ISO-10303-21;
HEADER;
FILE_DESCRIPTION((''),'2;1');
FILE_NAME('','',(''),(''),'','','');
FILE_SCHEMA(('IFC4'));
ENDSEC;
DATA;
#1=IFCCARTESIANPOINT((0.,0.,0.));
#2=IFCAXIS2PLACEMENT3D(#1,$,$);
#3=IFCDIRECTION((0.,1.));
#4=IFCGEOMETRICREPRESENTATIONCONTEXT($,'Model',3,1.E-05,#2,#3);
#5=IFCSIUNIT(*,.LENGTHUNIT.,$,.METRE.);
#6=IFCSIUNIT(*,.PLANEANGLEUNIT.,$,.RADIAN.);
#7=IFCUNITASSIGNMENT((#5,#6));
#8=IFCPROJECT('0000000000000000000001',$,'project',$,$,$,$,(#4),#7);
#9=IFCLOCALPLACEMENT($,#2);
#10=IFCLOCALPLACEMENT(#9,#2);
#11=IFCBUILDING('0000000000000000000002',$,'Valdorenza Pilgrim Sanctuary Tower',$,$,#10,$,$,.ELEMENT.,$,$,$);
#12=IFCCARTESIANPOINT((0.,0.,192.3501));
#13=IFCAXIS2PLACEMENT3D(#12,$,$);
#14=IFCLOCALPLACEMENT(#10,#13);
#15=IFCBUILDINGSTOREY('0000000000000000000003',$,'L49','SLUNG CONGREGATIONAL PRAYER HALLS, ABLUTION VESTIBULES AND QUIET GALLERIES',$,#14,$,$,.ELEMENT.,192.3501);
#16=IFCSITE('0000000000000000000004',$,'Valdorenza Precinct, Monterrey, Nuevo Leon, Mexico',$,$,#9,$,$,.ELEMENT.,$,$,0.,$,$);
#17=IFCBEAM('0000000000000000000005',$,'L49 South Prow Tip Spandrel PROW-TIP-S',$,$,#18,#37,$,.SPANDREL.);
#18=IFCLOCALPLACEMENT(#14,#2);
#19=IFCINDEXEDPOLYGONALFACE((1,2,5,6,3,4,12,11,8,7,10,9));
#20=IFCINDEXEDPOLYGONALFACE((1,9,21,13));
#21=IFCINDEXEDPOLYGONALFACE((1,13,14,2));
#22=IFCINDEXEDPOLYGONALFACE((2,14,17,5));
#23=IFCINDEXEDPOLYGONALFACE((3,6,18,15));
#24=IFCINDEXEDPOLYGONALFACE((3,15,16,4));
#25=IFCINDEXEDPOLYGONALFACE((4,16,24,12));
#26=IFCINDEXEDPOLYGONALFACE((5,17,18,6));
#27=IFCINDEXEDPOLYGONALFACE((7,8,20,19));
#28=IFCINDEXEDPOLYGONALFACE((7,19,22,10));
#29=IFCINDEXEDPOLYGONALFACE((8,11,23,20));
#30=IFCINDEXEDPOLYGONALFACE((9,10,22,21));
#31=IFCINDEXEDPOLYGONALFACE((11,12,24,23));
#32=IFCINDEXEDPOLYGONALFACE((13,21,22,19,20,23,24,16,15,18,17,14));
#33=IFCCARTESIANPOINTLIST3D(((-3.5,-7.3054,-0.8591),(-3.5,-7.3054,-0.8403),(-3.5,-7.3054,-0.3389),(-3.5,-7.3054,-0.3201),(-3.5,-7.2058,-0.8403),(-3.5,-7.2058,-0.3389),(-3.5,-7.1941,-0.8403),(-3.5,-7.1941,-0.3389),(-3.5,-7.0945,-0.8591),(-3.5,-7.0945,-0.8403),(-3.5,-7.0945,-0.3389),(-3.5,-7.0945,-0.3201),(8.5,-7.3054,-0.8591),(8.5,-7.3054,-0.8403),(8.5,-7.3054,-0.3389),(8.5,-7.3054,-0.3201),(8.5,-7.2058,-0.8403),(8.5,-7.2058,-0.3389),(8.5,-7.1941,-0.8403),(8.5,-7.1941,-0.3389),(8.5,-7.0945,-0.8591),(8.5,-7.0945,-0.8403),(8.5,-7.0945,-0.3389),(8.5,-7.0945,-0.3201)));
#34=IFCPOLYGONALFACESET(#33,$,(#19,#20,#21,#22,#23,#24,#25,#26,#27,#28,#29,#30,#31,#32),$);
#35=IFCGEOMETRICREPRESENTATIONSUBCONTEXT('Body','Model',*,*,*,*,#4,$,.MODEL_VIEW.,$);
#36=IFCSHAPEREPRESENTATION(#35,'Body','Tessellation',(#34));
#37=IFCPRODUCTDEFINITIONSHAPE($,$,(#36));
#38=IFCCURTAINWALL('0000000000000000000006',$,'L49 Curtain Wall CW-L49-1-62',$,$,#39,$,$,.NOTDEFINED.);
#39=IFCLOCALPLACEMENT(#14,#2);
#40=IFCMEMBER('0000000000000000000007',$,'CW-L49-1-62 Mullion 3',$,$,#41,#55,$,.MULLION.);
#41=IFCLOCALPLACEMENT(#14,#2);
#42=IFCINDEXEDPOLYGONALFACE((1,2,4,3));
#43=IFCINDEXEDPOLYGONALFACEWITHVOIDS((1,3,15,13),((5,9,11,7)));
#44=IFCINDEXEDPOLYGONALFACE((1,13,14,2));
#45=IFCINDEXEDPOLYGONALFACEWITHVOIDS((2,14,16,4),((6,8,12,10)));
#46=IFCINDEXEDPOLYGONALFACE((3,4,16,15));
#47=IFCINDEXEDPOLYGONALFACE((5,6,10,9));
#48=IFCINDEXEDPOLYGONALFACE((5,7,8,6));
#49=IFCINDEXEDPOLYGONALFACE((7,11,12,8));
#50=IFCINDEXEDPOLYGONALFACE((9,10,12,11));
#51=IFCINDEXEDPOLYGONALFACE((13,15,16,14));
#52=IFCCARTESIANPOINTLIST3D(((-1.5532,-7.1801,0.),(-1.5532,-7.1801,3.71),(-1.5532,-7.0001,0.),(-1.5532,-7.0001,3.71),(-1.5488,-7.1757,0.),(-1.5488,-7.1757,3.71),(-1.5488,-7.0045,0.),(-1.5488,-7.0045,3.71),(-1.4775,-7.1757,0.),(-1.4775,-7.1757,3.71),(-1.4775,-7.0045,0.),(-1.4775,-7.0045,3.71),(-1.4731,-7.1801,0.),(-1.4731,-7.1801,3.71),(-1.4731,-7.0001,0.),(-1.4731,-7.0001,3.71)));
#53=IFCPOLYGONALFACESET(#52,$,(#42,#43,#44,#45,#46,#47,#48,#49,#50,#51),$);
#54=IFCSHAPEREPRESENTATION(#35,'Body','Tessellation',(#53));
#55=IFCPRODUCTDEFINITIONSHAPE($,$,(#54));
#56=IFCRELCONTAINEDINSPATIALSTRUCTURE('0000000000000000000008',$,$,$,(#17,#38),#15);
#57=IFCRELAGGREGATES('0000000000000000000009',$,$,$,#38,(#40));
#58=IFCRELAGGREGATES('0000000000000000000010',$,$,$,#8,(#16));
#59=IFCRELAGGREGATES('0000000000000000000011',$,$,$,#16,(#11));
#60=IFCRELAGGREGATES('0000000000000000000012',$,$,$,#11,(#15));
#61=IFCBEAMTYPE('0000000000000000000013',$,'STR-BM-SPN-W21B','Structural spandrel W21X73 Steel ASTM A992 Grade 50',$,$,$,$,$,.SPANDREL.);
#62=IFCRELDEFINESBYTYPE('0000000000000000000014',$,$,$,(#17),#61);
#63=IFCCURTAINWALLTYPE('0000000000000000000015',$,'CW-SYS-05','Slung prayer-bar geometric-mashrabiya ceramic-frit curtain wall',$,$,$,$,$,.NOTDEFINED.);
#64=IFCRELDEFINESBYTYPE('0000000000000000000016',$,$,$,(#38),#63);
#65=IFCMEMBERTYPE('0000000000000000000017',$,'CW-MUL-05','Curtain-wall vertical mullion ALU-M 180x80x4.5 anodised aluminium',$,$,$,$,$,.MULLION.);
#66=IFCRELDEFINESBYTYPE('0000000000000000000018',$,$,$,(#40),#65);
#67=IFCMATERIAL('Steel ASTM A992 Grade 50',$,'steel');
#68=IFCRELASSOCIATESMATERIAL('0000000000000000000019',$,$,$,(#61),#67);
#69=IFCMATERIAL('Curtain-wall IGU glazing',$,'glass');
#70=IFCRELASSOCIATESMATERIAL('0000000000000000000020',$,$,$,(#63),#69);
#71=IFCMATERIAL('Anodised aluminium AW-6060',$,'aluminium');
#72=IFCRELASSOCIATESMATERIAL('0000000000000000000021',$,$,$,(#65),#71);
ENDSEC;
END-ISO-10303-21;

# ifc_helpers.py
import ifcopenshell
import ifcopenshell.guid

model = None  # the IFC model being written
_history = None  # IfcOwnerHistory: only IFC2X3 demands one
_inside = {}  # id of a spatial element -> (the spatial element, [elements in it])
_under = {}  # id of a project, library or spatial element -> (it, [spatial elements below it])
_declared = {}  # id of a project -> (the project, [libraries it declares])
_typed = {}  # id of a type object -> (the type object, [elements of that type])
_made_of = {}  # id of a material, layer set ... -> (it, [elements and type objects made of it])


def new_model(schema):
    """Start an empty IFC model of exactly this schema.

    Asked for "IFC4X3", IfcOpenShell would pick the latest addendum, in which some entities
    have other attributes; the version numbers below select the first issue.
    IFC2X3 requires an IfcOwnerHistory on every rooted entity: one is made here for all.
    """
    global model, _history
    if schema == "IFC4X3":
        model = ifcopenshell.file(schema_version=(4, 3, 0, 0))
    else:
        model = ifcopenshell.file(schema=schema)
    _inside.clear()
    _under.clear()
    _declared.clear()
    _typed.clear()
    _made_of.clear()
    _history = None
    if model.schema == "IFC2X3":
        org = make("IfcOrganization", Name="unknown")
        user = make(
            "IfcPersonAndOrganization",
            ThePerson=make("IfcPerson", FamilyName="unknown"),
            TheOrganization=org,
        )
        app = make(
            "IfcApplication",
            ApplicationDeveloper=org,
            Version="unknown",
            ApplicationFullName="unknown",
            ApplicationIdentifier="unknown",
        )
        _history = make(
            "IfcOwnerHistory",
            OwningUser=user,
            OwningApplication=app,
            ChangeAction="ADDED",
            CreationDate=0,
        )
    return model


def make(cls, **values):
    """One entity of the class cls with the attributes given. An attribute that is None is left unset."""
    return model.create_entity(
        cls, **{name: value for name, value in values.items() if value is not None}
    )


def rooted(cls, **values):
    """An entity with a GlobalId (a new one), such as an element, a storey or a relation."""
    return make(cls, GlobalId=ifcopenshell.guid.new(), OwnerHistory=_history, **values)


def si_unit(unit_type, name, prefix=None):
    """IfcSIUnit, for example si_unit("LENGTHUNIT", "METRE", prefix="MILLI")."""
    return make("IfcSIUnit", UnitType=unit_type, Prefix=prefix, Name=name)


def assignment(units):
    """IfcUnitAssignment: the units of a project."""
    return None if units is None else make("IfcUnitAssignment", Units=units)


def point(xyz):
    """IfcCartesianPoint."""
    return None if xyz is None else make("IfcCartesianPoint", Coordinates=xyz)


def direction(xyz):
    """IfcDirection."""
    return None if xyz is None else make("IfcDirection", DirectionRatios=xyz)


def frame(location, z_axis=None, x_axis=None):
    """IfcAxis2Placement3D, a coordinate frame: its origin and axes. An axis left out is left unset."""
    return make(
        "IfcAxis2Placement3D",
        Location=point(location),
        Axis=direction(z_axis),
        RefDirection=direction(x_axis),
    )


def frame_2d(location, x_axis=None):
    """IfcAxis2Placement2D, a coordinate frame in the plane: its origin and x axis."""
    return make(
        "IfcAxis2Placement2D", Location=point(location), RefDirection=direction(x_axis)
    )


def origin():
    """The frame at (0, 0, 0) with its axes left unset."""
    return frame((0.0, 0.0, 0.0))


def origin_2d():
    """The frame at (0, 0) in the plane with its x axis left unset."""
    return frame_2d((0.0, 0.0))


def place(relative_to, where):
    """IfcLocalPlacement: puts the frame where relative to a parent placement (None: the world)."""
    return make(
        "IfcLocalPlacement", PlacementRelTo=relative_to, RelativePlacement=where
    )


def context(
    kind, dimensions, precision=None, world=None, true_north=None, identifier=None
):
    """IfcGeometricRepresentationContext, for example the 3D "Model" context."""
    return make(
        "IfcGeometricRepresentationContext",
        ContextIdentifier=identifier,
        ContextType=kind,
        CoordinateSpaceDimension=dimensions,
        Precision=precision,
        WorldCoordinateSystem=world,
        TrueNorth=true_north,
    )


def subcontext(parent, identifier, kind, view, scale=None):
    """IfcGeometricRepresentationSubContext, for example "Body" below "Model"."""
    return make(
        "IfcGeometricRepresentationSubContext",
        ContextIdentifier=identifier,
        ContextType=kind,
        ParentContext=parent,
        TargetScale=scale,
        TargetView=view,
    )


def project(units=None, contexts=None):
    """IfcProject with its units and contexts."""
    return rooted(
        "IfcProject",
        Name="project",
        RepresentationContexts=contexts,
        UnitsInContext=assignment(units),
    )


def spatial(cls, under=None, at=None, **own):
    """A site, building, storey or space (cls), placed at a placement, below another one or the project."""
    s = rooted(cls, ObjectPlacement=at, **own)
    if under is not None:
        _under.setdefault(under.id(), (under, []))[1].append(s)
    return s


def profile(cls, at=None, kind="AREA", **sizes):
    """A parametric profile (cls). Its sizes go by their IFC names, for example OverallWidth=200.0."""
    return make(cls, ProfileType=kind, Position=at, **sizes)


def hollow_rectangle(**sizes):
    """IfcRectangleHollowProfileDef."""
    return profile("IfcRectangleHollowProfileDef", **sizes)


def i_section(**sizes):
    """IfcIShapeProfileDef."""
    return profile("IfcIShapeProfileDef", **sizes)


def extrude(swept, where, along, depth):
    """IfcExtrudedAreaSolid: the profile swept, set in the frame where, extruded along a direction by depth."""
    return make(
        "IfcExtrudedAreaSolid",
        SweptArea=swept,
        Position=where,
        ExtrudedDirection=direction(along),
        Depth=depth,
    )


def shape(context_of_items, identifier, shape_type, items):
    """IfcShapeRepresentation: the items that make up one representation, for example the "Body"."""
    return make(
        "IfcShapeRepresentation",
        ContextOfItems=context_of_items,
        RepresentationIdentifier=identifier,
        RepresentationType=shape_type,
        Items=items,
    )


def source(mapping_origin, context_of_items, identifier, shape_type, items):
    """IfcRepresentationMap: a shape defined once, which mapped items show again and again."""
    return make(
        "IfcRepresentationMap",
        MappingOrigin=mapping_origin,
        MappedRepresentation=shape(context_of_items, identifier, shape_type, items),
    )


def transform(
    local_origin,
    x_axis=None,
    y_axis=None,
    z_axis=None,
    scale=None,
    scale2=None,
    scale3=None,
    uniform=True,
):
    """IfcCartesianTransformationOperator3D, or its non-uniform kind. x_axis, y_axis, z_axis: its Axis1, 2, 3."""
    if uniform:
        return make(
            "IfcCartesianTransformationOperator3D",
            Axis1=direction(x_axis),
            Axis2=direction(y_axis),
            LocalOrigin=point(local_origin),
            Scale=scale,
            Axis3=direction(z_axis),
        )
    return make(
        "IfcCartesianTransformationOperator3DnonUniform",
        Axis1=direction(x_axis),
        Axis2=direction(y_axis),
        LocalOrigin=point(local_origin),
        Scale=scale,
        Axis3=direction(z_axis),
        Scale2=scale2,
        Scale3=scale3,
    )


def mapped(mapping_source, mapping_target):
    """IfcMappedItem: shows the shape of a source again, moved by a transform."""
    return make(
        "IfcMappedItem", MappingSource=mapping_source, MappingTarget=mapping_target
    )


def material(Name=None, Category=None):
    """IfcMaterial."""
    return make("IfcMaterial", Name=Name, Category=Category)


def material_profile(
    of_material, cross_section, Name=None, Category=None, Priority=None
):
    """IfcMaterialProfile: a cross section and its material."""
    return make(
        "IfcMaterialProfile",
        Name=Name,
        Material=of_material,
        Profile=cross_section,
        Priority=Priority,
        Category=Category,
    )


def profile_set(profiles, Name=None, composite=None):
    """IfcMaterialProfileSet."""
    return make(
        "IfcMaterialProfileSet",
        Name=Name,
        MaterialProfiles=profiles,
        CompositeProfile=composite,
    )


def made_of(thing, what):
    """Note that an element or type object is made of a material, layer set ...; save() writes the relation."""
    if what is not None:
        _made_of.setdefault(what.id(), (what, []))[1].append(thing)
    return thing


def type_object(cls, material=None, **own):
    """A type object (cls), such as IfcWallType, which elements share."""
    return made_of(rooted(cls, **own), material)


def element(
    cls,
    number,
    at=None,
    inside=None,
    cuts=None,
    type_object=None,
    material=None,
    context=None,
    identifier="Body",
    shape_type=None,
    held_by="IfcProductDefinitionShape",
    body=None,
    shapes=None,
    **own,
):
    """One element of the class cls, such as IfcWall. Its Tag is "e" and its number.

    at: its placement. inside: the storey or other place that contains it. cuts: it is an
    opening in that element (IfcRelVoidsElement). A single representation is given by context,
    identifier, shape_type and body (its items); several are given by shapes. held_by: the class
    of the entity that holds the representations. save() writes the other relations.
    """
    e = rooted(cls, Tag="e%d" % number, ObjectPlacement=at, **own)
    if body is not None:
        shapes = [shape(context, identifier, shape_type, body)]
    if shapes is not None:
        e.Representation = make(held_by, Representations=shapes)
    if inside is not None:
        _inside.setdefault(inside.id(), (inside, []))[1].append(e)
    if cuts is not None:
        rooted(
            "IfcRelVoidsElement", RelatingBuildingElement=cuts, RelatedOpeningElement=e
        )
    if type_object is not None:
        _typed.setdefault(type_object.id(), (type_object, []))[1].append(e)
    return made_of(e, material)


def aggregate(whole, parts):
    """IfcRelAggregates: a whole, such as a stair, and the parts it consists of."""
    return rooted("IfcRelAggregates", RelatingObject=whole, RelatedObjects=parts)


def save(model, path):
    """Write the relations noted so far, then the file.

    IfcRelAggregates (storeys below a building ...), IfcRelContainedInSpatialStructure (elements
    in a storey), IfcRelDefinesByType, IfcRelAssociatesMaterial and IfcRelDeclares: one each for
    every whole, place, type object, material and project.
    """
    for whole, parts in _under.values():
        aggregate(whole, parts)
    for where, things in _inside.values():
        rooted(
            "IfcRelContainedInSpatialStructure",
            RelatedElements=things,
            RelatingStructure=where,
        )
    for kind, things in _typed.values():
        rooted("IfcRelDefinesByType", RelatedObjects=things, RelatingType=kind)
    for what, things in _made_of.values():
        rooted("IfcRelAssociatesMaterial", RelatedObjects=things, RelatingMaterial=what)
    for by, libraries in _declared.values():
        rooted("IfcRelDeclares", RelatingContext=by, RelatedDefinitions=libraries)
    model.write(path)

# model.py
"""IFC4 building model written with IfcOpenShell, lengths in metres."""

from ifc_helpers import new_model, si_unit, direction, frame, origin, origin_2d, place, context, subcontext, project, spatial, hollow_rectangle, i_section, extrude, source, transform, mapped, material, material_profile, profile_set, type_object, element, aggregate, save


model = new_model("IFC4")

# Units and contexts
model_context = context("Model", 3, precision=1e-05, world=origin(), true_north=direction((0.0, 1.0)))
body_context = subcontext(model_context, "Body", "Model", "MODEL_VIEW")
ifc_project = project(units=[si_unit("LENGTHUNIT", "METRE"), si_unit("PLANEANGLEUNIT", "RADIAN")], contexts=[model_context])

# Site, building, storey
site_placement = place(None, origin())
site = spatial("IfcSite", under=ifc_project, at=site_placement, Name="Valdorenza Precinct, Monterrey, Nuevo Leon, Mexico", CompositionType="ELEMENT", RefElevation=0.0)
building_placement = place(site_placement, origin())
building = spatial("IfcBuilding", under=site, at=building_placement, Name="Valdorenza Pilgrim Sanctuary Tower", CompositionType="ELEMENT")
storey_placement = place(building_placement, frame((0.0, 0.0, 192.3501)))
storey = spatial("IfcBuildingStorey", under=building, at=storey_placement, Name="L49", Description="SLUNG CONGREGATIONAL PRAYER HALLS, ABLUTION VESTIBULES AND QUIET GALLERIES", CompositionType="ELEMENT", Elevation=192.3501)

# Beam
ifc_material_1 = material(Name="Steel ASTM A992 Grade 50", Category="steel")
ifc_material_profile_1 = material_profile(ifc_material_1, i_section(OverallWidth=0.2109, OverallDepth=0.5391, WebThickness=0.0117, FlangeThickness=0.0188, at=origin_2d()), Name="W21X73")
ifc_profile_set_1 = profile_set([ifc_material_profile_1], Name="Steel ASTM A992 Grade 50")
beam_type = type_object("IfcBeamType", Name="STR-BM-SPN-W21B", Description="Structural spandrel W21X73 Steel ASTM A992 Grade 50", PredefinedType="SPANDREL", material=ifc_profile_set_1)
shared_shape_1 = source(origin(), body_context, "Body", "SweptSolid", [
    extrude(i_section(OverallWidth=0.2109, OverallDepth=0.5391, WebThickness=0.0117, FlangeThickness=0.0188, at=origin_2d()), origin(), (0.0, 0.0, 1.0), 12.0),
])
beam_placement = place(storey_placement, frame((-3.5, -7.2, -0.5896), z_axis=(1.0, 0.0, 0.0), x_axis=(0.0, 1.0, 0.0)))
element("IfcBeam", 1, at=beam_placement, inside=storey, type_object=beam_type, Name="L49 South Prow Tip Spandrel PROW-TIP-S", PredefinedType="SPANDREL", context=body_context, shape_type="MappedRepresentation", body=[
    mapped(shared_shape_1, transform((0.0, 0.0, 0.0), x_axis=(1.0, 0.0, 0.0), y_axis=(0.0, 1.0, 0.0), z_axis=(0.0, 0.0, 1.0), scale=1.0)),
])

# Curtain wall, member
ifc_material_2 = material(Name="Curtain-wall IGU glazing", Category="glass")
curtain_wall_type = type_object("IfcCurtainWallType", Name="CW-SYS-05", Description="Slung prayer-bar geometric-mashrabiya ceramic-frit curtain wall", PredefinedType="NOTDEFINED", material=ifc_material_2)
curtain_wall_placement = place(storey_placement, origin())
curtain_wall = element("IfcCurtainWall", 2, at=curtain_wall_placement, inside=storey, type_object=curtain_wall_type, Name="L49 Curtain Wall CW-L49-1-62", PredefinedType="NOTDEFINED")
ifc_material_3 = material(Name="Anodised aluminium AW-6060", Category="aluminium")
ifc_material_profile_2 = material_profile(ifc_material_3, hollow_rectangle(XDim=0.0801, YDim=0.1799, WallThickness=0.0044, at=origin_2d()), Name="ALU-M 180x80x4.5")
ifc_profile_set_2 = profile_set([ifc_material_profile_2], Name="Anodised aluminium AW-6060")
member_type = type_object("IfcMemberType", Name="CW-MUL-05", Description="Curtain-wall vertical mullion ALU-M 180x80x4.5 anodised aluminium", PredefinedType="MULLION", material=ifc_profile_set_2)
shared_shape_2 = source(origin(), body_context, "Body", "SweptSolid", [
    extrude(hollow_rectangle(XDim=0.0801, YDim=0.1799, WallThickness=0.0044, at=origin_2d()), origin(), (0.0, 0.0, 1.0), 3.71),
])
member_placement = place(storey_placement, frame((-1.5132, -7.0901, 0.0), z_axis=(0.0, 0.0, 1.0), x_axis=(-1.0, 0.0, 0.0)))
member = element("IfcMember", 3, at=member_placement, type_object=member_type, Name="CW-L49-1-62 Mullion 3", PredefinedType="MULLION", context=body_context, shape_type="MappedRepresentation", body=[
    mapped(shared_shape_2, transform((0.0, 0.0, 0.0), x_axis=(1.0, 0.0, 0.0), y_axis=(0.0, 1.0, 0.0), z_axis=(0.0, 0.0, 1.0), scale=1.0)),
])
aggregate(curtain_wall, [member])

save(model, "model.ifc")
